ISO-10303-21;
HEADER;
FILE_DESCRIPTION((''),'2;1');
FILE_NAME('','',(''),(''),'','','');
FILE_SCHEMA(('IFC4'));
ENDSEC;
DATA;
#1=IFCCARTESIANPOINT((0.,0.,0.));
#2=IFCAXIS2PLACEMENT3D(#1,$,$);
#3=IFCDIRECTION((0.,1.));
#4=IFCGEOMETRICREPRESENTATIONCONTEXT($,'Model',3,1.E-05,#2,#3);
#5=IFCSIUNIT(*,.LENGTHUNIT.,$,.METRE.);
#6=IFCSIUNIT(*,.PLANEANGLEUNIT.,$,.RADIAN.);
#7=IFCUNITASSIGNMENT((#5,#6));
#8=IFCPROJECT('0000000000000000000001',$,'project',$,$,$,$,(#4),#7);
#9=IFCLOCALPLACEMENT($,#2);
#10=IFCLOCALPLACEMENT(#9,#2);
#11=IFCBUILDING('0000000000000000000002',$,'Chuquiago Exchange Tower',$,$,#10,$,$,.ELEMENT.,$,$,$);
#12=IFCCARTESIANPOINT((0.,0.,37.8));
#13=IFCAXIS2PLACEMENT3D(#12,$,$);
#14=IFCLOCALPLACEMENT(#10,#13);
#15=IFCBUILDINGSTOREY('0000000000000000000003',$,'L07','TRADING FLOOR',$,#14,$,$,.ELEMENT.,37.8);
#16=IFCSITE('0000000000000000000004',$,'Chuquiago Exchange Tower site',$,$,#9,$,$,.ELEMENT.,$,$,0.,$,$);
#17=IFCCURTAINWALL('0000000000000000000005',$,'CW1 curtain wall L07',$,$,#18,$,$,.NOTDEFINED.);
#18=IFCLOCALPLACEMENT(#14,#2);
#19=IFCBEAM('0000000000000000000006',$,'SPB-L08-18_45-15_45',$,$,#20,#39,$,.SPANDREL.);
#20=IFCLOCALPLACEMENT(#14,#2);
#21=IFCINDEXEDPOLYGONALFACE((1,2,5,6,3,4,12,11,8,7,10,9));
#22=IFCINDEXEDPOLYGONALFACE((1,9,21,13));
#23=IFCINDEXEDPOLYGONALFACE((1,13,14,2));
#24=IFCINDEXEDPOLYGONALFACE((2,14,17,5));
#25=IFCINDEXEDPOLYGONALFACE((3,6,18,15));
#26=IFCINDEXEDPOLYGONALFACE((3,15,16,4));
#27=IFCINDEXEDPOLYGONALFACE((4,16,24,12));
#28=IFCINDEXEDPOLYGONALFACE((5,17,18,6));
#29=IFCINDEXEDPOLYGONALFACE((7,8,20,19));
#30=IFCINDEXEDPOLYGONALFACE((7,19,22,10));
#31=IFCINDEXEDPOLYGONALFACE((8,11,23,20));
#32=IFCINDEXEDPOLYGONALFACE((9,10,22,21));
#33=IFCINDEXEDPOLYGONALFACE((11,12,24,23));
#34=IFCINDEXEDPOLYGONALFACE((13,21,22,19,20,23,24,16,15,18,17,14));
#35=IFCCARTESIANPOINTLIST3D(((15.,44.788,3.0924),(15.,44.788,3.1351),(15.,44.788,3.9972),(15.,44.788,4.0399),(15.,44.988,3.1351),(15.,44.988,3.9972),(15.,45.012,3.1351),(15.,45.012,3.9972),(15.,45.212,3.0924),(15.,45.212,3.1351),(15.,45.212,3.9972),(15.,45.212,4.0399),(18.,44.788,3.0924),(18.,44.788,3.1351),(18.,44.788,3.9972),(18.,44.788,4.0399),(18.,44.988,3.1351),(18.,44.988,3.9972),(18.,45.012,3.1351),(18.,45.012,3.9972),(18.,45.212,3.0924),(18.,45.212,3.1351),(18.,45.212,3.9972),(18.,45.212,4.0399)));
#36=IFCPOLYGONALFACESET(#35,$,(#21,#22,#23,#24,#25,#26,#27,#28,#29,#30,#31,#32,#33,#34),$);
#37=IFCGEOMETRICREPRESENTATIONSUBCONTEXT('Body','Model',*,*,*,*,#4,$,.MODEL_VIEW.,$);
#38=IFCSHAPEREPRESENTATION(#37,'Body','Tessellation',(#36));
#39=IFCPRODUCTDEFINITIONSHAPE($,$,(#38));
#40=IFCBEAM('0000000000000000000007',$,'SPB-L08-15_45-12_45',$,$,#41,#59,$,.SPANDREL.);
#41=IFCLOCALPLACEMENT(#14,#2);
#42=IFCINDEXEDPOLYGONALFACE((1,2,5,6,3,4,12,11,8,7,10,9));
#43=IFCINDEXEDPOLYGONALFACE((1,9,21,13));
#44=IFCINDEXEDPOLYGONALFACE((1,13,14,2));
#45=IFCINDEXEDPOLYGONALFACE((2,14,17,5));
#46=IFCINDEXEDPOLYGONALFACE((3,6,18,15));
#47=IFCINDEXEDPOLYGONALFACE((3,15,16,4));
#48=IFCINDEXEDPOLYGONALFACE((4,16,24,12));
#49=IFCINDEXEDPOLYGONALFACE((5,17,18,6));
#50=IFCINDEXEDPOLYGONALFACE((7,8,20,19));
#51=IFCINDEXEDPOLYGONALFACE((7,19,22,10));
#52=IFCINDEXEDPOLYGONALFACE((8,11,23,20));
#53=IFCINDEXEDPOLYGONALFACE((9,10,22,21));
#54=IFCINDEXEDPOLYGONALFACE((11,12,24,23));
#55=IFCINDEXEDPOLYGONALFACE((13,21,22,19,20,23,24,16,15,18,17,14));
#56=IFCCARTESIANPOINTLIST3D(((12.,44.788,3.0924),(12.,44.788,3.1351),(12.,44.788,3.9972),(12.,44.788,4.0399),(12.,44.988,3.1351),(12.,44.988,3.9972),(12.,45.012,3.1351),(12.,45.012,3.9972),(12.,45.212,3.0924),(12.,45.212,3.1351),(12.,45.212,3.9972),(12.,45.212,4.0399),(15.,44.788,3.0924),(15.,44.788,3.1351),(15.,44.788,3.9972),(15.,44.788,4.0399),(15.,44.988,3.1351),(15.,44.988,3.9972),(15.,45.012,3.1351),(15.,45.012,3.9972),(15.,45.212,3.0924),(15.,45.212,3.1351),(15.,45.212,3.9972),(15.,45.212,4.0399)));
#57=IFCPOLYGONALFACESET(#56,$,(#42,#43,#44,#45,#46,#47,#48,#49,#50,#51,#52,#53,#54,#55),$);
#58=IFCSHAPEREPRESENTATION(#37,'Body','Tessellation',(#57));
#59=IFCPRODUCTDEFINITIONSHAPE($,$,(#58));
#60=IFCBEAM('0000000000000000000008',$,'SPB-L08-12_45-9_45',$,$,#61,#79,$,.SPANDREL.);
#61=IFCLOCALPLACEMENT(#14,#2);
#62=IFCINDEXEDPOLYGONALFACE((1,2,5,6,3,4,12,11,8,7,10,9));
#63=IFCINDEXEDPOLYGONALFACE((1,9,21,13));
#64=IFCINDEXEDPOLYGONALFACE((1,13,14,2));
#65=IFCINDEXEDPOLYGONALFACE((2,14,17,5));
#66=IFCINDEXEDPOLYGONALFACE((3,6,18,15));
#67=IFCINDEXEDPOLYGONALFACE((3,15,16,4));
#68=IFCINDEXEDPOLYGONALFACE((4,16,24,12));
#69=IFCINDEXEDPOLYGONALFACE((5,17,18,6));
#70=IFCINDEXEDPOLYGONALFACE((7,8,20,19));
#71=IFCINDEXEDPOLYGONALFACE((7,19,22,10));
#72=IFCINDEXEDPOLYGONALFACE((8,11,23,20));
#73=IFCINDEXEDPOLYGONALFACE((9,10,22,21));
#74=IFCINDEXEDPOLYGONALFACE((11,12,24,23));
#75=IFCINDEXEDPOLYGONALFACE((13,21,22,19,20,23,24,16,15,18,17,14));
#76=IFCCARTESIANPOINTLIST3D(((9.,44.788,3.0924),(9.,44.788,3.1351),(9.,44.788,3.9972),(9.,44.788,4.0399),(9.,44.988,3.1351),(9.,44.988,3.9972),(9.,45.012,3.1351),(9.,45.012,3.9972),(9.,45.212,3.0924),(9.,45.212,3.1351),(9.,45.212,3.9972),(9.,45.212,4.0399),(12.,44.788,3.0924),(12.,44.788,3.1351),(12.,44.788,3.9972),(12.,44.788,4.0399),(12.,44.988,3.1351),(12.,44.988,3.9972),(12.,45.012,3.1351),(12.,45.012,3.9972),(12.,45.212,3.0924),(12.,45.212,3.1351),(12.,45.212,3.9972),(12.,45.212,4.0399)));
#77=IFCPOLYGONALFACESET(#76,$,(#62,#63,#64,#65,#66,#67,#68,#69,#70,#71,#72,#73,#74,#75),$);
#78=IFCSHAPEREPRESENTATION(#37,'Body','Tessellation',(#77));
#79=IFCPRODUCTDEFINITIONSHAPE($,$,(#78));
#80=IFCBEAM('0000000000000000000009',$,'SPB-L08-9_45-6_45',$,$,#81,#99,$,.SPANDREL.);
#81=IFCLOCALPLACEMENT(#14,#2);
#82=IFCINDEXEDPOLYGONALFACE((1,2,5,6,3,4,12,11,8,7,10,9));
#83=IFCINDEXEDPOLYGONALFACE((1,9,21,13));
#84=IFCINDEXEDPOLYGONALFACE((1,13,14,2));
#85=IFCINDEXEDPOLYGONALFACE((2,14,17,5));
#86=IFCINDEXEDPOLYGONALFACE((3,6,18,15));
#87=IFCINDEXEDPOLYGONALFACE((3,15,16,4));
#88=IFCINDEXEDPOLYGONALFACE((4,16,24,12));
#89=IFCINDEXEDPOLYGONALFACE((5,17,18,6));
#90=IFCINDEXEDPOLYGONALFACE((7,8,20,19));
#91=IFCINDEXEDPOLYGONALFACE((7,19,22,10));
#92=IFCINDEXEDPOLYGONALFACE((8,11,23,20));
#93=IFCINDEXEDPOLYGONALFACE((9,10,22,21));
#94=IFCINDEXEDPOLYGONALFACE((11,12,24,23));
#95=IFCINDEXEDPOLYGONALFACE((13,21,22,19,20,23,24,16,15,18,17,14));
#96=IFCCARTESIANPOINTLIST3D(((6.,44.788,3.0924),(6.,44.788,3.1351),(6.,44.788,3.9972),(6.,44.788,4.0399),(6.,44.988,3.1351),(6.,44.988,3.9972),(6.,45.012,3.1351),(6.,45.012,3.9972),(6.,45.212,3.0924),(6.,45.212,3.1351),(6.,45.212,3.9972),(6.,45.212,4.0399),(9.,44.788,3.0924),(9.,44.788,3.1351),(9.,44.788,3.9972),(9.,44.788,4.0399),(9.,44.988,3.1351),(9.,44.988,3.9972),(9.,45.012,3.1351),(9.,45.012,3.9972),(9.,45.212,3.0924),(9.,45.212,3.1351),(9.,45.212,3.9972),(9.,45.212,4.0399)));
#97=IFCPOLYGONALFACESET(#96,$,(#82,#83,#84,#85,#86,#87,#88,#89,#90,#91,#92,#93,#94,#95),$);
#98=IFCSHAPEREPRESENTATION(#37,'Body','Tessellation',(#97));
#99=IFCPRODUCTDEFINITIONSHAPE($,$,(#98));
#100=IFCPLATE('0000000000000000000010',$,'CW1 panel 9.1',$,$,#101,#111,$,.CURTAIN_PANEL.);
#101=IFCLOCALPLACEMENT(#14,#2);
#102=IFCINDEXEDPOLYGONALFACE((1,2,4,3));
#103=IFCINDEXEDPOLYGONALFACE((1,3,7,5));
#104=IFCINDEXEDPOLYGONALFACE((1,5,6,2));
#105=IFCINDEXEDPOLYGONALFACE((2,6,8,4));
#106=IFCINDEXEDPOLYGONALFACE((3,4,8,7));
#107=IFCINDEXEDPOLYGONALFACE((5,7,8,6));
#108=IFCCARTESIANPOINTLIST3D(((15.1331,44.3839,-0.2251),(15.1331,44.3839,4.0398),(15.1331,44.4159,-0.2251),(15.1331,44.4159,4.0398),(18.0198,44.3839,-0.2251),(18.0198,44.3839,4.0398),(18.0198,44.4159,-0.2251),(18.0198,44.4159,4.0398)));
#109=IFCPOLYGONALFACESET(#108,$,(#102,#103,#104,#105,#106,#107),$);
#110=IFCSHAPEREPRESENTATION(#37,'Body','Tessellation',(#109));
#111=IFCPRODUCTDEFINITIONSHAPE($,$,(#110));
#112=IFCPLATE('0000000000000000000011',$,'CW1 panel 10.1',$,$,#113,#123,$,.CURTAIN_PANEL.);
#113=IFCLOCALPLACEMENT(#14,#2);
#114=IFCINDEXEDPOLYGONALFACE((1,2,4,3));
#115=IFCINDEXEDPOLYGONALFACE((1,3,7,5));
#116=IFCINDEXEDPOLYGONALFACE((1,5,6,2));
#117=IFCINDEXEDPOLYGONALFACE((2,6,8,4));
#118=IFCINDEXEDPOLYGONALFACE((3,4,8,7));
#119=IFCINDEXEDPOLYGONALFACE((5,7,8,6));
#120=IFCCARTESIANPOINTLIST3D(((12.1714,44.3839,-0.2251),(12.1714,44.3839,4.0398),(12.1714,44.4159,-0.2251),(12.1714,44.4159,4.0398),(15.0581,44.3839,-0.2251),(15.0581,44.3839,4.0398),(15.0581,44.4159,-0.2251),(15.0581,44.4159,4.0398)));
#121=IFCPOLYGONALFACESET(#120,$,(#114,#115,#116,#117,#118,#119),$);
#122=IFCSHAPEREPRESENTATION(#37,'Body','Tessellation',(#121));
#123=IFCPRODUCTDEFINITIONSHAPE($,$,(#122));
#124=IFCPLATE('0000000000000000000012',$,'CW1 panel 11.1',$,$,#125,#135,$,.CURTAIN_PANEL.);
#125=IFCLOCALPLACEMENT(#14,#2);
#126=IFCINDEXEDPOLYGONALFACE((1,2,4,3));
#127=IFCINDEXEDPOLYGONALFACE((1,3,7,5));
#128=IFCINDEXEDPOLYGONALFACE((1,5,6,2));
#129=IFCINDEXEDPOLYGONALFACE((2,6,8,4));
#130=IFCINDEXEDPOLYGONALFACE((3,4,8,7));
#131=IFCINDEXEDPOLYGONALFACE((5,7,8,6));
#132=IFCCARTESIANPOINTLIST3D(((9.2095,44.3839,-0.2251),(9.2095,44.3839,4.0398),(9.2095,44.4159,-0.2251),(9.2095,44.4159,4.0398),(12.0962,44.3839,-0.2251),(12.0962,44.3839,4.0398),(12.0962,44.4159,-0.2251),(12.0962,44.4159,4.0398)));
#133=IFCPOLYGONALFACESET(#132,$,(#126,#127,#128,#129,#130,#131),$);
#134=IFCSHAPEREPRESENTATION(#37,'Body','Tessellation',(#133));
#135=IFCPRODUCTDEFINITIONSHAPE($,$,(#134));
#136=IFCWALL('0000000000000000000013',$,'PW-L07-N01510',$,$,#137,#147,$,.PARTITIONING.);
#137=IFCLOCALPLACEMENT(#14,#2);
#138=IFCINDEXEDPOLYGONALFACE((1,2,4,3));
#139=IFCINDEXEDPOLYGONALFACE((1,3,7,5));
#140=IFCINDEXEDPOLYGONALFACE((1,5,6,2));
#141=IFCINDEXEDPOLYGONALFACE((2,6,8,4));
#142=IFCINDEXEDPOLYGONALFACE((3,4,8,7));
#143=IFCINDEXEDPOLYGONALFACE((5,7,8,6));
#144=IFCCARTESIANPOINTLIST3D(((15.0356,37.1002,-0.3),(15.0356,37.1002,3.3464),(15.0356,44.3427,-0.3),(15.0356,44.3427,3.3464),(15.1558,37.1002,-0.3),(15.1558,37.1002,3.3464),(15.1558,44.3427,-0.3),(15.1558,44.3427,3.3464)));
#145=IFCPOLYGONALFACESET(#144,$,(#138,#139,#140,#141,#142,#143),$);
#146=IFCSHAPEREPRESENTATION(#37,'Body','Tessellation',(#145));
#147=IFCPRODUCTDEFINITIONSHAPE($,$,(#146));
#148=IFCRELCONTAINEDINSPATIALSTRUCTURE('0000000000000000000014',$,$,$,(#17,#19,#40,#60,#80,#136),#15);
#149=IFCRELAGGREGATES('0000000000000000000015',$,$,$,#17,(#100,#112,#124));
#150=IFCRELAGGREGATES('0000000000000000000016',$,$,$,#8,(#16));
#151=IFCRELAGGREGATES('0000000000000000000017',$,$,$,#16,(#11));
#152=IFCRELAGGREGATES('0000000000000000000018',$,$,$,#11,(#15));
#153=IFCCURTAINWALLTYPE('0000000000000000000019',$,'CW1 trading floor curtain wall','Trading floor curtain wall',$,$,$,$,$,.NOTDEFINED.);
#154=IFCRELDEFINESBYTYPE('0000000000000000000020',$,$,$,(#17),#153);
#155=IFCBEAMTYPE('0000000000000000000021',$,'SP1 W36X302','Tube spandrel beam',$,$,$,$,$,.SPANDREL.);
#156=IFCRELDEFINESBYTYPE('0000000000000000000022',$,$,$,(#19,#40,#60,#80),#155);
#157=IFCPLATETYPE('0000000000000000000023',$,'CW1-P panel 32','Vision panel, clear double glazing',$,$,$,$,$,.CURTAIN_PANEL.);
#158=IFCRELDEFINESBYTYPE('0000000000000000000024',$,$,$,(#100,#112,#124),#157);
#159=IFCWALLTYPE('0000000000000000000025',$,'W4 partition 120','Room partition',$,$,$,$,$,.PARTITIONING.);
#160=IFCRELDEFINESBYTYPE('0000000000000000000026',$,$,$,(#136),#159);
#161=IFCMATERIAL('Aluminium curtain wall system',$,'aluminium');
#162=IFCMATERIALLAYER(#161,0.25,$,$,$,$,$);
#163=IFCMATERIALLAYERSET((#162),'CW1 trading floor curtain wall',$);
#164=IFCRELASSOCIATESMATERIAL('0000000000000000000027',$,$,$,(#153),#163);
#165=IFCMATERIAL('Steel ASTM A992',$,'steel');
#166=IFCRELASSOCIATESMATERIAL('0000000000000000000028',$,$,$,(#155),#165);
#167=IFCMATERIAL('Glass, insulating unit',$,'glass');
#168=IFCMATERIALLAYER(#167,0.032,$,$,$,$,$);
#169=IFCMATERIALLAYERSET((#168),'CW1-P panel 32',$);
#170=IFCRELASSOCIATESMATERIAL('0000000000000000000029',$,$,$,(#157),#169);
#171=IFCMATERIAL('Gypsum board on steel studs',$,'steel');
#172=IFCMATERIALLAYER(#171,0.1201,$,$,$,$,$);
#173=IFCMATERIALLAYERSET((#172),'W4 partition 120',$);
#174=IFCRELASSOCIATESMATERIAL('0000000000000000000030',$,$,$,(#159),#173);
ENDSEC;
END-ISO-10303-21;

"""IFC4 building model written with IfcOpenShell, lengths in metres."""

from ifc_helpers import new_model, si_unit, direction, frame, frame_2d, origin, origin_2d, place, context, subcontext, project, spatial, rectangle, i_section, extrude, material, layer, layer_set, material_profile, profile_set, type_object, element, aggregate, save


model = new_model("IFC4")

# Units and contexts
model_context = context("Model", 3, precision=1e-05, world=origin(), true_north=direction((0.0, 1.0)))
body_context = subcontext(model_context, "Body", "Model", "MODEL_VIEW")
ifc_project = project(units=[si_unit("LENGTHUNIT", "METRE"), si_unit("PLANEANGLEUNIT", "RADIAN")], contexts=[model_context])

# Site, building, storey
site_placement = place(None, origin())
site = spatial("IfcSite", under=ifc_project, at=site_placement, Name="Chuquiago Exchange Tower site", CompositionType="ELEMENT", RefElevation=0.0)
building_placement = place(site_placement, origin())
building = spatial("IfcBuilding", under=site, at=building_placement, Name="Chuquiago Exchange Tower", CompositionType="ELEMENT")
storey_placement = place(building_placement, frame((0.0, 0.0, 37.8)))
storey = spatial("IfcBuildingStorey", under=building, at=storey_placement, Name="L07", Description="TRADING FLOOR", CompositionType="ELEMENT", Elevation=37.8)

# Curtain wall
ifc_material_1 = material(Name="Aluminium curtain wall system", Category="aluminium")
ifc_layer_1 = layer(ifc_material_1, 0.25)
ifc_layer_set_1 = layer_set([ifc_layer_1], Name="CW1 trading floor curtain wall")
curtain_wall_type = type_object("IfcCurtainWallType", Name="CW1 trading floor curtain wall", Description="Trading floor curtain wall", PredefinedType="NOTDEFINED", material=ifc_layer_set_1)
curtain_wall_placement = place(storey_placement, origin())
curtain_wall = element("IfcCurtainWall", 1, at=curtain_wall_placement, inside=storey, type_object=curtain_wall_type, Name="CW1 curtain wall L07", PredefinedType="NOTDEFINED")

# Beams
ifc_material_2 = material(Name="Steel ASTM A992", Category="steel")
ifc_material_profile_1 = material_profile(ifc_material_2, i_section(OverallWidth=0.4241, OverallDepth=0.9475, WebThickness=0.0239, FlangeThickness=0.0427, at=origin_2d()), Name="W36X302")
ifc_profile_set_1 = profile_set([ifc_material_profile_1], Name="Steel ASTM A992")
beam_type = type_object("IfcBeamType", Name="SP1 W36X302", Description="Tube spandrel beam", PredefinedType="SPANDREL", material=ifc_profile_set_1)
for number, where, z_axis, x_axis, name in (
    (2, (18.0, 45.0, 3.5662), (-1.0, 0.0, 0.0), (0.0, -1.0, 0.0), "SPB-L08-18_45-15_45"),
    (3, (15.0, 45.0, 3.5662), (-1.0, 0.0, 0.0), (0.0, -1.0, 0.0), "SPB-L08-15_45-12_45"),
    (4, (12.0, 45.0, 3.5662), (-1.0, 0.0, 0.0), (0.0, -1.0, 0.0), "SPB-L08-12_45-9_45"),
    (5, (9.0, 45.0, 3.5662), (-1.0, 0.0, 0.0), (0.0, -1.0, 0.0), "SPB-L08-9_45-6_45"),
):
    element("IfcBeam", number, at=place(storey_placement, frame(where, z_axis=z_axis, x_axis=x_axis)), inside=storey, type_object=beam_type, Name=name, PredefinedType="SPANDREL", context=body_context, shape_type="SweptSolid", body=[
        extrude(i_section(OverallWidth=0.4241, OverallDepth=0.9475, WebThickness=0.0239, FlangeThickness=0.0427, at=origin_2d()), origin(), (0.0, 0.0, 1.0), 3.0),
    ])

# Plates
ifc_material_3 = material(Name="Glass, insulating unit", Category="glass")
ifc_layer_2 = layer(ifc_material_3, 0.032)
ifc_layer_set_2 = layer_set([ifc_layer_2], Name="CW1-P panel 32")
plate_type = type_object("IfcPlateType", Name="CW1-P panel 32", Description="Vision panel, clear double glazing", PredefinedType="CURTAIN_PANEL", material=ifc_layer_set_2)
plate_1_placement = place(storey_placement, frame((16.5764, 44.3999, -0.2251), z_axis=(0.0, 0.0, 1.0), x_axis=(-1.0, 0.0, 0.0)))
plate_1 = element("IfcPlate", 6, at=plate_1_placement, type_object=plate_type, Name="CW1 panel 9.1", PredefinedType="CURTAIN_PANEL", context=body_context, shape_type="SweptSolid", body=[
    extrude(rectangle(XDim=2.8867, YDim=0.032, at=origin_2d()), origin(), (0.0, 0.0, 1.0), 4.2649),
])
plate_2_placement = place(storey_placement, frame((13.6147, 44.3999, -0.2251), z_axis=(0.0, 0.0, 1.0), x_axis=(-1.0, 0.0, 0.0)))
plate_2 = element("IfcPlate", 7, at=plate_2_placement, type_object=plate_type, Name="CW1 panel 10.1", PredefinedType="CURTAIN_PANEL", context=body_context, shape_type="SweptSolid", body=[
    extrude(rectangle(XDim=2.8867, YDim=0.032, at=origin_2d()), origin(), (0.0, 0.0, 1.0), 4.2649),
])
plate_3_placement = place(storey_placement, frame((10.6528, 44.3999, -0.2251), z_axis=(0.0, 0.0, 1.0), x_axis=(-1.0, 0.0, 0.0)))
plate_3 = element("IfcPlate", 8, at=plate_3_placement, type_object=plate_type, Name="CW1 panel 11.1", PredefinedType="CURTAIN_PANEL", context=body_context, shape_type="SweptSolid", body=[
    extrude(rectangle(XDim=2.8867, YDim=0.032, at=origin_2d()), origin(), (0.0, 0.0, 1.0), 4.2649),
])
aggregate(curtain_wall, [plate_1, plate_2, plate_3])

# Wall
ifc_material_4 = material(Name="Gypsum board on steel studs", Category="steel")
ifc_layer_3 = layer(ifc_material_4, 0.1201)
ifc_layer_set_3 = layer_set([ifc_layer_3], Name="W4 partition 120")
wall_type = type_object("IfcWallType", Name="W4 partition 120", Description="Room partition", PredefinedType="PARTITIONING", material=ifc_layer_set_3)
wall_placement = place(storey_placement, frame((15.0957, 44.3425, -0.3), z_axis=(0.0, 0.0, 1.0), x_axis=(0.0, -1.0, 0.0)))
element("IfcWall", 9, at=wall_placement, inside=storey, type_object=wall_type, Name="PW-L07-N01510", PredefinedType="PARTITIONING", context=body_context, shape_type="SweptSolid", body=[
    extrude(rectangle(XDim=7.2424, YDim=0.1201, at=frame_2d((3.6211, 0.0))), origin(), (0.0, 0.0, 1.0), 3.6465),
])

save(model, "model.ifc")
